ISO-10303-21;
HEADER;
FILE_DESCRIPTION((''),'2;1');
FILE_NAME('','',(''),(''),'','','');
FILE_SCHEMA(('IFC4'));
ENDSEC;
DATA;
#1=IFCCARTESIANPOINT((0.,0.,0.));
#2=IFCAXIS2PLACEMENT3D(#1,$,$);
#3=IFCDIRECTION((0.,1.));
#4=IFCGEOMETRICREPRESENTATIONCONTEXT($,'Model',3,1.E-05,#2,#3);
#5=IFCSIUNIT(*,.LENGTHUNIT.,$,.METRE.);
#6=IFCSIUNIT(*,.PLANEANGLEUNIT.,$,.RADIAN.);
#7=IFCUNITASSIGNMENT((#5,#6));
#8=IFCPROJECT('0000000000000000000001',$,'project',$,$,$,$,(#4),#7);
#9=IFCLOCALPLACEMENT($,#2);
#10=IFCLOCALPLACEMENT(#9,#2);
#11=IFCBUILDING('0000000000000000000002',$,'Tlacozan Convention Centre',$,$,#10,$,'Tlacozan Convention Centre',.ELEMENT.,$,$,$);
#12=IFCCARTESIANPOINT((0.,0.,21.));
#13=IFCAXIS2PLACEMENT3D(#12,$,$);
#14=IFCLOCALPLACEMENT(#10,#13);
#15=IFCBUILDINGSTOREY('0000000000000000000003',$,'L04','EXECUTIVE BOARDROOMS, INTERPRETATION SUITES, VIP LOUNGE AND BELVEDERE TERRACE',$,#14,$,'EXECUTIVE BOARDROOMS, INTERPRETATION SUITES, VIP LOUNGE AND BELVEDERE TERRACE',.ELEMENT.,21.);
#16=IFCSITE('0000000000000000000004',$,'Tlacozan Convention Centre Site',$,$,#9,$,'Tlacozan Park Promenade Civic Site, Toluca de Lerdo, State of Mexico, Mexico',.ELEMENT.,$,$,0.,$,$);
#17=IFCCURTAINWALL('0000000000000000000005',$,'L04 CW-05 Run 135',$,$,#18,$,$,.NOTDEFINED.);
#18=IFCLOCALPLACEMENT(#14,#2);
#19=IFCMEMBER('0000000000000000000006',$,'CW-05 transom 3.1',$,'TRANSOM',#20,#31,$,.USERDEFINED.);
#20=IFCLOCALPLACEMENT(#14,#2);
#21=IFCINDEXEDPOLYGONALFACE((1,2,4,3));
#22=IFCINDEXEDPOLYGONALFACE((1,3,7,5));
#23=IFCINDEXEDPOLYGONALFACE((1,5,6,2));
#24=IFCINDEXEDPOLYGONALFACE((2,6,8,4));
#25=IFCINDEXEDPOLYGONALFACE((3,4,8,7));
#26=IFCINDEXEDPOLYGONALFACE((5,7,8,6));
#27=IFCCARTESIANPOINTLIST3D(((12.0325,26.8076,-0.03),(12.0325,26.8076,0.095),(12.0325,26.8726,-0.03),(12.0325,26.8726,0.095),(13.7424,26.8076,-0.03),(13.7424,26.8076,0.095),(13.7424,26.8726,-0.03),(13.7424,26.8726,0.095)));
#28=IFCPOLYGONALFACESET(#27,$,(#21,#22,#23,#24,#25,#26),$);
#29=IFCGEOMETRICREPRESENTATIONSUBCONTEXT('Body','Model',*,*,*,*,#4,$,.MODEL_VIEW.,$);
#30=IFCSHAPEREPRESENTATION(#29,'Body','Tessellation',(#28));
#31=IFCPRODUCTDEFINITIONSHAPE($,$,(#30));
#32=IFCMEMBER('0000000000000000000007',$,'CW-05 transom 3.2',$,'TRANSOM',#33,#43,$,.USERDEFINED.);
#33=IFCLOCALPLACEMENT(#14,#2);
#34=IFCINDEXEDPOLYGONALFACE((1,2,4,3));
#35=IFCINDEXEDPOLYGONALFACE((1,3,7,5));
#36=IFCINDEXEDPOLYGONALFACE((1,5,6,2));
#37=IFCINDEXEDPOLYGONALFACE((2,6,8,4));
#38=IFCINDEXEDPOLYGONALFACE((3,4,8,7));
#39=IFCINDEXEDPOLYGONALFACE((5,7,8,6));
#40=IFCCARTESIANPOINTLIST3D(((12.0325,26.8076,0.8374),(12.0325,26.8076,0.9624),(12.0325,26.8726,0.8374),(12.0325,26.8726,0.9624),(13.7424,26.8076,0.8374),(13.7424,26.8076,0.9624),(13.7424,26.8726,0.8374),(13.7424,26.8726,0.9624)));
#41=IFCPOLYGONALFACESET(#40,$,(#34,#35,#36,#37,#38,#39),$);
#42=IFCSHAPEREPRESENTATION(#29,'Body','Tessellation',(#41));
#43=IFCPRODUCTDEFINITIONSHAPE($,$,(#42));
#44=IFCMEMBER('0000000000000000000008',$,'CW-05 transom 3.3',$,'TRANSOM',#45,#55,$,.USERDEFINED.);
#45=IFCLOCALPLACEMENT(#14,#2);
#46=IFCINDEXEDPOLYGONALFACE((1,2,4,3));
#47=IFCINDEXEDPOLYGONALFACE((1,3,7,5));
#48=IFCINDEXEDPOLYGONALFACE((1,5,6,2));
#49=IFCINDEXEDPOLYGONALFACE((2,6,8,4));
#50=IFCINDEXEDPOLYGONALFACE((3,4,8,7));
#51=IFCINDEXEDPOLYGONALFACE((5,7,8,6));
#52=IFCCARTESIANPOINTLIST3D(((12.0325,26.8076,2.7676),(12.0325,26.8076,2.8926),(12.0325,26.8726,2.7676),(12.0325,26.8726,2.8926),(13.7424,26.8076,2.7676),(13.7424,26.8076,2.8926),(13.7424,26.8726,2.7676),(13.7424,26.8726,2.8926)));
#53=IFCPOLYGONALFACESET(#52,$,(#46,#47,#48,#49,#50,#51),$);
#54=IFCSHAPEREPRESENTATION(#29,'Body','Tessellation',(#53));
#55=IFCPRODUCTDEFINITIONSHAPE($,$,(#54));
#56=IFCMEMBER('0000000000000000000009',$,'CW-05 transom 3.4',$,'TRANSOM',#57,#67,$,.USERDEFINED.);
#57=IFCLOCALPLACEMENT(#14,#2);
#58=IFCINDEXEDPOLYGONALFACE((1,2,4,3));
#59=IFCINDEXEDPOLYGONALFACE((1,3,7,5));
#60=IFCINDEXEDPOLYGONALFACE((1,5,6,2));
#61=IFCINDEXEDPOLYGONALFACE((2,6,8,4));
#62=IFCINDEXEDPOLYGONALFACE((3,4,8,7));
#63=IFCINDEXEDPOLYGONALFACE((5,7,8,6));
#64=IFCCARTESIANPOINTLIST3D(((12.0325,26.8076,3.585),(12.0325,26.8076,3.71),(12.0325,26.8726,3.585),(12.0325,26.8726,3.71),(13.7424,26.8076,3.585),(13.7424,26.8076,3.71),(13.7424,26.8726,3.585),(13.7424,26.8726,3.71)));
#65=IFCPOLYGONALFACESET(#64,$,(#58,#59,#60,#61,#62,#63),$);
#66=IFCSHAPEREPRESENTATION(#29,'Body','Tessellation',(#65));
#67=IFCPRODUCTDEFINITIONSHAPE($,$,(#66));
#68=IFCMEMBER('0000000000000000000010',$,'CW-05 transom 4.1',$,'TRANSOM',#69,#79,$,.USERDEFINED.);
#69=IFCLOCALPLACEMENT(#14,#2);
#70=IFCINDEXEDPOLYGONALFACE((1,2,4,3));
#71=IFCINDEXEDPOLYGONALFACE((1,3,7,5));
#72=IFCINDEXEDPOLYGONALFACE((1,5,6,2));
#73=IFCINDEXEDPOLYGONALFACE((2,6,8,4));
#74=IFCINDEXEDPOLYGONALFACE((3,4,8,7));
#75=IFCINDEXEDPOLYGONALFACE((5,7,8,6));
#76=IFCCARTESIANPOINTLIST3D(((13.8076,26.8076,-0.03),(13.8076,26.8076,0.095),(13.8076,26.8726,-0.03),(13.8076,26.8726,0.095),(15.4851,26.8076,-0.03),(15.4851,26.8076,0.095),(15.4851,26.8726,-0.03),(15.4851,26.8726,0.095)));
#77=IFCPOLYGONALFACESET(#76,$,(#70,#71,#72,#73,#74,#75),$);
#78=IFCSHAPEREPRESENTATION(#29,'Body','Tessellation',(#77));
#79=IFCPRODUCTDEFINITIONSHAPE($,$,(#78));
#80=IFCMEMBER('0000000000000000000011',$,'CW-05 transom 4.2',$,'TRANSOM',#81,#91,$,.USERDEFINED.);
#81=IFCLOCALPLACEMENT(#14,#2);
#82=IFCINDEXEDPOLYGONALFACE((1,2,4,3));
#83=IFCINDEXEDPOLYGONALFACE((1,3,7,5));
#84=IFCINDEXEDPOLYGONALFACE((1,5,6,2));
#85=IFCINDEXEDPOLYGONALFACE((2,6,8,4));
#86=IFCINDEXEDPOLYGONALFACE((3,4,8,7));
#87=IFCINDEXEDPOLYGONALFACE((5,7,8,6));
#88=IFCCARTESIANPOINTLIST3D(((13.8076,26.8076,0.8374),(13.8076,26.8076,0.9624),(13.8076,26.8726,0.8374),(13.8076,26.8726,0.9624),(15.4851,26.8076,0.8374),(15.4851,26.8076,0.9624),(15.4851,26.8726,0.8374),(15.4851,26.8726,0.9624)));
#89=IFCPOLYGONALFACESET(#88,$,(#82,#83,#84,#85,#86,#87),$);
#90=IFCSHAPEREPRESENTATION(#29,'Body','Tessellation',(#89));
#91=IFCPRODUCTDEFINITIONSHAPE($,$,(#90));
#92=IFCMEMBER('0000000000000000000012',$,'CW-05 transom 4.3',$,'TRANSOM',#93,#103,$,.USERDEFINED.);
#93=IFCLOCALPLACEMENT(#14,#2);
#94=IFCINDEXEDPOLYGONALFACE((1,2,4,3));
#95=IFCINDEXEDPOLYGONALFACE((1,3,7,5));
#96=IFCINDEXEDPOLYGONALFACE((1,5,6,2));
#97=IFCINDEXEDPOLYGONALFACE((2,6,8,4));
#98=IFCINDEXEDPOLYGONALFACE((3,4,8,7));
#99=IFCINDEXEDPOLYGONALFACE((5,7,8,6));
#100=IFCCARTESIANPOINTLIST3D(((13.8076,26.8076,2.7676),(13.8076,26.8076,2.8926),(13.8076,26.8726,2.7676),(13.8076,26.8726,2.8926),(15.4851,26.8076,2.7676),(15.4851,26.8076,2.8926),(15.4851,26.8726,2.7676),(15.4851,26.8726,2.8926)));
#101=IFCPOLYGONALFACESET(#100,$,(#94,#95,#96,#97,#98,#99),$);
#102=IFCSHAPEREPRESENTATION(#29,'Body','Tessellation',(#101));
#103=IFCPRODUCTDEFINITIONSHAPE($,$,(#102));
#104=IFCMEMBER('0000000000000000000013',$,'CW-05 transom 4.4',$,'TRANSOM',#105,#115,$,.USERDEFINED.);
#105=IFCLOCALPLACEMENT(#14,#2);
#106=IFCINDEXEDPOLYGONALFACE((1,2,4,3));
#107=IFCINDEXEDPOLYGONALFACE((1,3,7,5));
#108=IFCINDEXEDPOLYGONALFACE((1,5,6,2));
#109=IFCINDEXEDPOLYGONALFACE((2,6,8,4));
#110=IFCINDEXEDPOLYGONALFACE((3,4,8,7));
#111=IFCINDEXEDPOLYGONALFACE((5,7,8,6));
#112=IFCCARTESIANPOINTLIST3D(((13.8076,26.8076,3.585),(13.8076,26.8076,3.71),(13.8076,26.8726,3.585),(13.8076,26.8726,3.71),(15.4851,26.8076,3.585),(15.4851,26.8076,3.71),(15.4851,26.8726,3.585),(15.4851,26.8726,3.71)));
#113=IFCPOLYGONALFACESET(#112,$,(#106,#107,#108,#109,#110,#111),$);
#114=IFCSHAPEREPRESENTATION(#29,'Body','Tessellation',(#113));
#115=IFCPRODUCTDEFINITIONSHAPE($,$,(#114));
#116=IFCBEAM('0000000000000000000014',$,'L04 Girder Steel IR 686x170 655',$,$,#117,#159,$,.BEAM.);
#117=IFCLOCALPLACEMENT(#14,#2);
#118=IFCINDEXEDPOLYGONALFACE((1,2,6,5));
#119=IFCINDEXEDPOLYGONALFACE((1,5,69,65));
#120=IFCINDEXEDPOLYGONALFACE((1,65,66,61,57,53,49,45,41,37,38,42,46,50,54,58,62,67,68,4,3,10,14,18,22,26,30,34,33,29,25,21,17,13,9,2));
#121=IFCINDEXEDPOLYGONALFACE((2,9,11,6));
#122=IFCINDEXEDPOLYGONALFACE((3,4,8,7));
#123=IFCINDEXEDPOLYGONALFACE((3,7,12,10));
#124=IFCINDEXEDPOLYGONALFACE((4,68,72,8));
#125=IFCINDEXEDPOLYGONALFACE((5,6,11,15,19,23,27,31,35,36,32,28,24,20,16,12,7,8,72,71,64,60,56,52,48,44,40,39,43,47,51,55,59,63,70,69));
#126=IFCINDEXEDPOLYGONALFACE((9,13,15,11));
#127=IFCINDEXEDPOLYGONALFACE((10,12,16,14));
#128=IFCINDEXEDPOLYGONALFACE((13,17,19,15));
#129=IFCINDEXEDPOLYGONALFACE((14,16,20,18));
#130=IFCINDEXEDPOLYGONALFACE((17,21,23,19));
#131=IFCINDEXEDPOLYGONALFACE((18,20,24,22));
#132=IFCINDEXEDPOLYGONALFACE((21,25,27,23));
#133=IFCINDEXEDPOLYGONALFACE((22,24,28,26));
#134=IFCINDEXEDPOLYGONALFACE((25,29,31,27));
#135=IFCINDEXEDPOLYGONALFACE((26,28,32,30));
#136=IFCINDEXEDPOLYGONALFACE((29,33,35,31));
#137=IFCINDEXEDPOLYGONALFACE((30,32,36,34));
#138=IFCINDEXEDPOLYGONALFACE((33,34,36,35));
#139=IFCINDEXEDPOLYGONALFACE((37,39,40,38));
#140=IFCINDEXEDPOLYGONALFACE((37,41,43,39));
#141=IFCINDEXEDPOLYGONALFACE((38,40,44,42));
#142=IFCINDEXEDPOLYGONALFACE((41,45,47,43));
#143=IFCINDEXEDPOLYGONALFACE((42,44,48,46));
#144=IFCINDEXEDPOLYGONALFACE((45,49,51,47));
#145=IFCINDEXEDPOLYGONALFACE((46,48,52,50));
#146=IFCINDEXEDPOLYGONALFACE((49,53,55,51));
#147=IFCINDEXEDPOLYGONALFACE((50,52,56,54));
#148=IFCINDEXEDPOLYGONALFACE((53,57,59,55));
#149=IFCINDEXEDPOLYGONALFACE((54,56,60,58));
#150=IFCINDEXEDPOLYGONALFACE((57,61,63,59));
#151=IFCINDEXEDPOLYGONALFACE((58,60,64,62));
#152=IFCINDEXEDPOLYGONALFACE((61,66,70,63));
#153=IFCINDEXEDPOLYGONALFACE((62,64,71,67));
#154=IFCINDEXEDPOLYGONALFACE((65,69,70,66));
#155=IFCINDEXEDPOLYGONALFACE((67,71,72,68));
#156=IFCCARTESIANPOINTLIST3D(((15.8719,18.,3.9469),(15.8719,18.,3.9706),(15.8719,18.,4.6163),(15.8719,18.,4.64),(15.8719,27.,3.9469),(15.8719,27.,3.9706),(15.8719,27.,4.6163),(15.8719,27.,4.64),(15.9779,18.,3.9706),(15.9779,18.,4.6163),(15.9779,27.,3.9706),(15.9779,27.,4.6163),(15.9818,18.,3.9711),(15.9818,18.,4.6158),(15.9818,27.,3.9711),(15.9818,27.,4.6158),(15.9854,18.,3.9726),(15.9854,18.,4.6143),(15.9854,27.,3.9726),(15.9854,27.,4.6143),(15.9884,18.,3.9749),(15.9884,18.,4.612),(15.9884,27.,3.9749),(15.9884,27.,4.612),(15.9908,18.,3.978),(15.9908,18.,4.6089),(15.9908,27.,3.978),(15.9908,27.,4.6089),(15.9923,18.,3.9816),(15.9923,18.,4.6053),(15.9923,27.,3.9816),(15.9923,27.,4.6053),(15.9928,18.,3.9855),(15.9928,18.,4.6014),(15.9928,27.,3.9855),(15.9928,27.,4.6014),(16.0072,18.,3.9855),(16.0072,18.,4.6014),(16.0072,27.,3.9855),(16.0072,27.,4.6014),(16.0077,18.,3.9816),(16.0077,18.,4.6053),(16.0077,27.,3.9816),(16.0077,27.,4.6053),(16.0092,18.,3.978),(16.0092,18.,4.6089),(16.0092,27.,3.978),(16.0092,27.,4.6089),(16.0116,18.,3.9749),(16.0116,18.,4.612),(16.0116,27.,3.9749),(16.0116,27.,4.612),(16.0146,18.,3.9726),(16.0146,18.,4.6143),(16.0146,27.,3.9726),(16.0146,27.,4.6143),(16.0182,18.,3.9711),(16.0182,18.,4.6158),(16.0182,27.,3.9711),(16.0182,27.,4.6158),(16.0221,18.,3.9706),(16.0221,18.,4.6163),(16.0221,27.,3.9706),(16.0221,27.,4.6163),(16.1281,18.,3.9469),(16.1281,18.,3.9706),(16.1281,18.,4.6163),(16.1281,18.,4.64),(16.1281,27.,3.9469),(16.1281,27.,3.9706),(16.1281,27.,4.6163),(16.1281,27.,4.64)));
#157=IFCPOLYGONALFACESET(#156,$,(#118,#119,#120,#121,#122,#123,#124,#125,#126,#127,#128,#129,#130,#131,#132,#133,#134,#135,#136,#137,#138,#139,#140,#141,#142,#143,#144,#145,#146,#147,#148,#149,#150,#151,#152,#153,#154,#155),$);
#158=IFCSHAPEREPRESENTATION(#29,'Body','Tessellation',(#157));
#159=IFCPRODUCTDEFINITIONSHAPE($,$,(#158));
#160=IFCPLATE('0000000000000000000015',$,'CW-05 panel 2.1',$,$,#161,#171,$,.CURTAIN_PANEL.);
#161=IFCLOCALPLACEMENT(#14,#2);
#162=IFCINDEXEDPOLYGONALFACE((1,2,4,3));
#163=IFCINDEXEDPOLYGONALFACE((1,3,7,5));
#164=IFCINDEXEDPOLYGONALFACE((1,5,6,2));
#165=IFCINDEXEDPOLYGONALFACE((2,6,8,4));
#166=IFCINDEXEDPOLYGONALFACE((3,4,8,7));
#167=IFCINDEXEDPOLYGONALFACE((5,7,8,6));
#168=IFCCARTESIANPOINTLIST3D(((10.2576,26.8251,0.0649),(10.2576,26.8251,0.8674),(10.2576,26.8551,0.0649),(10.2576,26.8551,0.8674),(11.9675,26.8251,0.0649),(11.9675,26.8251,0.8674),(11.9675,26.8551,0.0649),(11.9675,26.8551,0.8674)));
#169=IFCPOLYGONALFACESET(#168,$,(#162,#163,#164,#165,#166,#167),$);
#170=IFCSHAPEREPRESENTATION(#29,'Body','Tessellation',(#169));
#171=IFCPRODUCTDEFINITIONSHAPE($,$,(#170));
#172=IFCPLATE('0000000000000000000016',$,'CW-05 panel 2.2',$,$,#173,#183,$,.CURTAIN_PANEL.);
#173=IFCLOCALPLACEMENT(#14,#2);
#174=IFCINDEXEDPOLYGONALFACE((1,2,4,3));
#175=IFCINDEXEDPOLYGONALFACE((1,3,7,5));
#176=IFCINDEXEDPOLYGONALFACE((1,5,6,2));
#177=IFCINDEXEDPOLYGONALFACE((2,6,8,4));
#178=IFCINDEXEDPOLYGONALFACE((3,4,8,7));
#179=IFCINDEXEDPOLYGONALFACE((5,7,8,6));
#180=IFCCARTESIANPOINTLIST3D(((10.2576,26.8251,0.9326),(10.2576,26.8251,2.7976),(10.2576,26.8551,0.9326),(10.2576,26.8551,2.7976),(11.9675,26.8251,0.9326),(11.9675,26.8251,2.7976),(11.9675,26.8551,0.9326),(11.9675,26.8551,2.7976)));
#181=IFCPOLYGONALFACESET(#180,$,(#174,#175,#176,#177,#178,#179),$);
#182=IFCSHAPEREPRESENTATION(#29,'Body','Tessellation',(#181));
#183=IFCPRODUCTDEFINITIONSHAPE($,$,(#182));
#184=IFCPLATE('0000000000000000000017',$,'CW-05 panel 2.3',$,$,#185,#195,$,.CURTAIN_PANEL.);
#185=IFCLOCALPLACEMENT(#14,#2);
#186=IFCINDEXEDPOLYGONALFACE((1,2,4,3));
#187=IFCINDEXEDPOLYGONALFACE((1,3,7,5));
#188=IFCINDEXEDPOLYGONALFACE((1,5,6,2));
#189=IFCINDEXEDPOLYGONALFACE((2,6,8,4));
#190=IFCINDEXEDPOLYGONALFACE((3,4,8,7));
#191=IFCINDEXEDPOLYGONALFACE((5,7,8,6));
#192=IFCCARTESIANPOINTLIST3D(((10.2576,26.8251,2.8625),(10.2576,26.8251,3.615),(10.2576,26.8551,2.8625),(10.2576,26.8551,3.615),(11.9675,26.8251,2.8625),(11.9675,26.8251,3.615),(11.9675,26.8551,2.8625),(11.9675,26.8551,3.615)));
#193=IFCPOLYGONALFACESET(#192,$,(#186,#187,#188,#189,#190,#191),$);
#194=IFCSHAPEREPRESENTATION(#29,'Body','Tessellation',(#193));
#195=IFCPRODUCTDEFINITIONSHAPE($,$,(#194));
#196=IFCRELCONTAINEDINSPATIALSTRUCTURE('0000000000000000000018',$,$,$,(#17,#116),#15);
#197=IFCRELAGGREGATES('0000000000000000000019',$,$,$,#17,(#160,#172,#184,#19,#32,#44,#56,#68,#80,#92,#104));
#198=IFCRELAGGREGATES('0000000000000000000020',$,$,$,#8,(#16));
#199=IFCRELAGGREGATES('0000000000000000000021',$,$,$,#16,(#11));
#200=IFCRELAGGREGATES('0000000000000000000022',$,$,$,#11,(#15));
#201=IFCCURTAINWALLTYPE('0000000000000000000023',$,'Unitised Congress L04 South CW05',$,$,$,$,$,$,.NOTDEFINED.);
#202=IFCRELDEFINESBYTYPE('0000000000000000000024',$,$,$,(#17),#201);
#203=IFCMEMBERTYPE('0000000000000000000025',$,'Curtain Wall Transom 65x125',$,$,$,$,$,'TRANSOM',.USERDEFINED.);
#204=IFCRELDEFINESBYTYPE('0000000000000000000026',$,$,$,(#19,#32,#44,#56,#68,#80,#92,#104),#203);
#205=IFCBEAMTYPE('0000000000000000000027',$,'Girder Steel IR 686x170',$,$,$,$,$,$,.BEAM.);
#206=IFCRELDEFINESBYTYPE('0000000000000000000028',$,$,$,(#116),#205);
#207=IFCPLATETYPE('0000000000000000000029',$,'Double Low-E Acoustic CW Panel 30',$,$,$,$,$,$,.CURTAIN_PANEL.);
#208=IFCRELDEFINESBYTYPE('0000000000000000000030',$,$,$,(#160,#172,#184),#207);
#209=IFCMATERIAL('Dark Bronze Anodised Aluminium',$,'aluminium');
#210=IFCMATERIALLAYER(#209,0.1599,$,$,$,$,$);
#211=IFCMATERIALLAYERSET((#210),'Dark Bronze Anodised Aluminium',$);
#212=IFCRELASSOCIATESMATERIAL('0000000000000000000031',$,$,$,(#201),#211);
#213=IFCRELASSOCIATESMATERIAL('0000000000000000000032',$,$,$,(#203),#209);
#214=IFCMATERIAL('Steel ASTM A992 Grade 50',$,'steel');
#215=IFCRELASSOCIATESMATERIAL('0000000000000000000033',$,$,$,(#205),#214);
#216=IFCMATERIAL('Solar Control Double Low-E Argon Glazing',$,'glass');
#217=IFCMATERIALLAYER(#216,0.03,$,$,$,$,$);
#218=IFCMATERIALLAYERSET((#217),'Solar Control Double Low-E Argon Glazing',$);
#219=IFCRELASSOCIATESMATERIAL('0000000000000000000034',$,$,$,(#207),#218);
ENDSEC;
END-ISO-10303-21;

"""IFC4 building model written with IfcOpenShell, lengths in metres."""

from ifc_helpers import new_model, si_unit, direction, frame, origin, origin_2d, place, context, subcontext, project, spatial, rectangle, i_section, extrude, material, layer, layer_set, material_profile, profile_set, type_object, element, aggregate, save


model = new_model("IFC4")

# Units and contexts
model_context = context("Model", 3, precision=1e-05, world=origin(), true_north=direction((0.0, 1.0)))
body_context = subcontext(model_context, "Body", "Model", "MODEL_VIEW")
ifc_project = project(units=[si_unit("LENGTHUNIT", "METRE"), si_unit("PLANEANGLEUNIT", "RADIAN")], contexts=[model_context])

# Site, building, storey
site_placement = place(None, origin())
site = spatial("IfcSite", under=ifc_project, at=site_placement, Name="Tlacozan Convention Centre Site", LongName="Tlacozan Park Promenade Civic Site, Toluca de Lerdo, State of Mexico, Mexico", CompositionType="ELEMENT", RefElevation=0.0)
building_placement = place(site_placement, origin())
building = spatial("IfcBuilding", under=site, at=building_placement, Name="Tlacozan Convention Centre", LongName="Tlacozan Convention Centre", CompositionType="ELEMENT")
storey_placement = place(building_placement, frame((0.0, 0.0, 21.0)))
storey = spatial("IfcBuildingStorey", under=building, at=storey_placement, Name="L04", Description="EXECUTIVE BOARDROOMS, INTERPRETATION SUITES, VIP LOUNGE AND BELVEDERE TERRACE", LongName="EXECUTIVE BOARDROOMS, INTERPRETATION SUITES, VIP LOUNGE AND BELVEDERE TERRACE", CompositionType="ELEMENT", Elevation=21.0)

# Curtain wall, members
ifc_material_1 = material(Name="Dark Bronze Anodised Aluminium", Category="aluminium")
ifc_layer_1 = layer(ifc_material_1, 0.1599)
ifc_layer_set_1 = layer_set([ifc_layer_1], Name="Dark Bronze Anodised Aluminium")
curtain_wall_type = type_object("IfcCurtainWallType", Name="Unitised Congress L04 South CW05", PredefinedType="NOTDEFINED", material=ifc_layer_set_1)
curtain_wall_placement = place(storey_placement, origin())
curtain_wall = element("IfcCurtainWall", 1, at=curtain_wall_placement, inside=storey, type_object=curtain_wall_type, Name="L04 CW-05 Run 135", PredefinedType="NOTDEFINED")
ifc_material_profile_1 = material_profile(ifc_material_1, rectangle(XDim=0.0649, YDim=0.125, at=origin_2d()), Name="ALU 65x125")
ifc_profile_set_1 = profile_set([ifc_material_profile_1], Name="Dark Bronze Anodised Aluminium")
member_type_1 = type_object("IfcMemberType", Name="Curtain Wall Transom 65x125", ElementType="TRANSOM", PredefinedType="USERDEFINED", material=ifc_profile_set_1)
member_1_placement = place(storey_placement, frame((12.0325, 26.8401, 0.0325), z_axis=(1.0, 0.0, 0.0), x_axis=(0.0, 1.0, 0.0)))
member_1 = element("IfcMember", 2, at=member_1_placement, type_object=member_type_1, Name="CW-05 transom 3.1", ObjectType="TRANSOM", PredefinedType="USERDEFINED", context=body_context, shape_type="SweptSolid", body=[
    extrude(rectangle(XDim=0.0649, YDim=0.125, at=origin_2d()), origin(), (0.0, 0.0, 1.0), 1.71),
])
member_2_placement = place(storey_placement, frame((12.0325, 26.8401, 0.8999), z_axis=(1.0, 0.0, 0.0), x_axis=(0.0, 1.0, 0.0)))
member_2 = element("IfcMember", 3, at=member_2_placement, type_object=member_type_1, Name="CW-05 transom 3.2", ObjectType="TRANSOM", PredefinedType="USERDEFINED", context=body_context, shape_type="SweptSolid", body=[
    extrude(rectangle(XDim=0.0649, YDim=0.125, at=origin_2d()), origin(), (0.0, 0.0, 1.0), 1.71),
])
member_3_placement = place(storey_placement, frame((12.0325, 26.8401, 2.8301), z_axis=(1.0, 0.0, 0.0), x_axis=(0.0, 1.0, 0.0)))
member_3 = element("IfcMember", 4, at=member_3_placement, type_object=member_type_1, Name="CW-05 transom 3.3", ObjectType="TRANSOM", PredefinedType="USERDEFINED", context=body_context, shape_type="SweptSolid", body=[
    extrude(rectangle(XDim=0.0649, YDim=0.125, at=origin_2d()), origin(), (0.0, 0.0, 1.0), 1.71),
])
member_4_placement = place(storey_placement, frame((12.0325, 26.8401, 3.6475), z_axis=(1.0, 0.0, 0.0), x_axis=(0.0, 1.0, 0.0)))
member_4 = element("IfcMember", 5, at=member_4_placement, type_object=member_type_1, Name="CW-05 transom 3.4", ObjectType="TRANSOM", PredefinedType="USERDEFINED", context=body_context, shape_type="SweptSolid", body=[
    extrude(rectangle(XDim=0.0649, YDim=0.125, at=origin_2d()), origin(), (0.0, 0.0, 1.0), 1.71),
])
member_5_placement = place(storey_placement, frame((13.8076, 26.8401, 0.0325), z_axis=(1.0, 0.0, 0.0), x_axis=(0.0, 1.0, 0.0)))
member_5 = element("IfcMember", 6, at=member_5_placement, type_object=member_type_1, Name="CW-05 transom 4.1", ObjectType="TRANSOM", PredefinedType="USERDEFINED", context=body_context, shape_type="SweptSolid", body=[
    extrude(rectangle(XDim=0.0649, YDim=0.125, at=origin_2d()), origin(), (0.0, 0.0, 1.0), 1.6775),
])
member_6_placement = place(storey_placement, frame((13.8076, 26.8401, 0.8999), z_axis=(1.0, 0.0, 0.0), x_axis=(0.0, 1.0, 0.0)))
member_6 = element("IfcMember", 7, at=member_6_placement, type_object=member_type_1, Name="CW-05 transom 4.2", ObjectType="TRANSOM", PredefinedType="USERDEFINED", context=body_context, shape_type="SweptSolid", body=[
    extrude(rectangle(XDim=0.0649, YDim=0.125, at=origin_2d()), origin(), (0.0, 0.0, 1.0), 1.6775),
])
member_7_placement = place(storey_placement, frame((13.8076, 26.8401, 2.8301), z_axis=(1.0, 0.0, 0.0), x_axis=(0.0, 1.0, 0.0)))
member_7 = element("IfcMember", 8, at=member_7_placement, type_object=member_type_1, Name="CW-05 transom 4.3", ObjectType="TRANSOM", PredefinedType="USERDEFINED", context=body_context, shape_type="SweptSolid", body=[
    extrude(rectangle(XDim=0.0649, YDim=0.125, at=origin_2d()), origin(), (0.0, 0.0, 1.0), 1.6775),
])
member_8_placement = place(storey_placement, frame((13.8076, 26.8401, 3.6475), z_axis=(1.0, 0.0, 0.0), x_axis=(0.0, 1.0, 0.0)))
member_8 = element("IfcMember", 9, at=member_8_placement, type_object=member_type_1, Name="CW-05 transom 4.4", ObjectType="TRANSOM", PredefinedType="USERDEFINED", context=body_context, shape_type="SweptSolid", body=[
    extrude(rectangle(XDim=0.0649, YDim=0.125, at=origin_2d()), origin(), (0.0, 0.0, 1.0), 1.6775),
])

# Beam
ifc_material_2 = material(Name="Steel ASTM A992 Grade 50", Category="steel")
ifc_material_profile_2 = material_profile(ifc_material_2, i_section(OverallWidth=0.2561, OverallDepth=0.6931, WebThickness=0.0144, FlangeThickness=0.0237, FilletRadius=0.0149, at=origin_2d()), Name="IR 686x170.0")
ifc_profile_set_2 = profile_set([ifc_material_profile_2], Name="Steel ASTM A992 Grade 50")
beam_type = type_object("IfcBeamType", Name="Girder Steel IR 686x170", PredefinedType="BEAM", material=ifc_profile_set_2)
beam_placement = place(storey_placement, frame((16.0, 18.0, 4.2935), z_axis=(0.0, 1.0, 0.0), x_axis=(-1.0, 0.0, 0.0)))
element("IfcBeam", 10, at=beam_placement, inside=storey, type_object=beam_type, Name="L04 Girder Steel IR 686x170 655", PredefinedType="BEAM", context=body_context, shape_type="SweptSolid", body=[
    extrude(i_section(OverallWidth=0.2561, OverallDepth=0.6931, WebThickness=0.0144, FlangeThickness=0.0237, FilletRadius=0.0149, at=origin_2d()), origin(), (0.0, 0.0, 1.0), 9.0),
])

# Plates
ifc_material_3 = material(Name="Solar Control Double Low-E Argon Glazing", Category="glass")
ifc_layer_2 = layer(ifc_material_3, 0.03)
ifc_layer_set_2 = layer_set([ifc_layer_2], Name="Solar Control Double Low-E Argon Glazing")
plate_type = type_object("IfcPlateType", Name="Double Low-E Acoustic CW Panel 30", PredefinedType="CURTAIN_PANEL", material=ifc_layer_set_2)
plate_1_placement = place(storey_placement, frame((11.1125, 26.8401, 0.0649), z_axis=(0.0, 0.0, 1.0), x_axis=(1.0, 0.0, 0.0)))
plate_1 = element("IfcPlate", 11, at=plate_1_placement, type_object=plate_type, Name="CW-05 panel 2.1", PredefinedType="CURTAIN_PANEL", context=body_context, shape_type="SweptSolid", body=[
    extrude(rectangle(XDim=1.71, YDim=0.03, at=origin_2d()), origin(), (0.0, 0.0, 1.0), 0.8025),
])
plate_2_placement = place(storey_placement, frame((11.1125, 26.8401, 0.9326), z_axis=(0.0, 0.0, 1.0), x_axis=(1.0, 0.0, 0.0)))
plate_2 = element("IfcPlate", 12, at=plate_2_placement, type_object=plate_type, Name="CW-05 panel 2.2", PredefinedType="CURTAIN_PANEL", context=body_context, shape_type="SweptSolid", body=[
    extrude(rectangle(XDim=1.71, YDim=0.03, at=origin_2d()), origin(), (0.0, 0.0, 1.0), 1.865),
])
plate_3_placement = place(storey_placement, frame((11.1125, 26.8401, 2.8625), z_axis=(0.0, 0.0, 1.0), x_axis=(1.0, 0.0, 0.0)))
plate_3 = element("IfcPlate", 13, at=plate_3_placement, type_object=plate_type, Name="CW-05 panel 2.3", PredefinedType="CURTAIN_PANEL", context=body_context, shape_type="SweptSolid", body=[
    extrude(rectangle(XDim=1.71, YDim=0.03, at=origin_2d()), origin(), (0.0, 0.0, 1.0), 0.7524),
])
aggregate(curtain_wall, [plate_1, plate_2, plate_3, member_1, member_2, member_3, member_4, member_5, member_6, member_7, member_8])

save(model, "model.ifc")
